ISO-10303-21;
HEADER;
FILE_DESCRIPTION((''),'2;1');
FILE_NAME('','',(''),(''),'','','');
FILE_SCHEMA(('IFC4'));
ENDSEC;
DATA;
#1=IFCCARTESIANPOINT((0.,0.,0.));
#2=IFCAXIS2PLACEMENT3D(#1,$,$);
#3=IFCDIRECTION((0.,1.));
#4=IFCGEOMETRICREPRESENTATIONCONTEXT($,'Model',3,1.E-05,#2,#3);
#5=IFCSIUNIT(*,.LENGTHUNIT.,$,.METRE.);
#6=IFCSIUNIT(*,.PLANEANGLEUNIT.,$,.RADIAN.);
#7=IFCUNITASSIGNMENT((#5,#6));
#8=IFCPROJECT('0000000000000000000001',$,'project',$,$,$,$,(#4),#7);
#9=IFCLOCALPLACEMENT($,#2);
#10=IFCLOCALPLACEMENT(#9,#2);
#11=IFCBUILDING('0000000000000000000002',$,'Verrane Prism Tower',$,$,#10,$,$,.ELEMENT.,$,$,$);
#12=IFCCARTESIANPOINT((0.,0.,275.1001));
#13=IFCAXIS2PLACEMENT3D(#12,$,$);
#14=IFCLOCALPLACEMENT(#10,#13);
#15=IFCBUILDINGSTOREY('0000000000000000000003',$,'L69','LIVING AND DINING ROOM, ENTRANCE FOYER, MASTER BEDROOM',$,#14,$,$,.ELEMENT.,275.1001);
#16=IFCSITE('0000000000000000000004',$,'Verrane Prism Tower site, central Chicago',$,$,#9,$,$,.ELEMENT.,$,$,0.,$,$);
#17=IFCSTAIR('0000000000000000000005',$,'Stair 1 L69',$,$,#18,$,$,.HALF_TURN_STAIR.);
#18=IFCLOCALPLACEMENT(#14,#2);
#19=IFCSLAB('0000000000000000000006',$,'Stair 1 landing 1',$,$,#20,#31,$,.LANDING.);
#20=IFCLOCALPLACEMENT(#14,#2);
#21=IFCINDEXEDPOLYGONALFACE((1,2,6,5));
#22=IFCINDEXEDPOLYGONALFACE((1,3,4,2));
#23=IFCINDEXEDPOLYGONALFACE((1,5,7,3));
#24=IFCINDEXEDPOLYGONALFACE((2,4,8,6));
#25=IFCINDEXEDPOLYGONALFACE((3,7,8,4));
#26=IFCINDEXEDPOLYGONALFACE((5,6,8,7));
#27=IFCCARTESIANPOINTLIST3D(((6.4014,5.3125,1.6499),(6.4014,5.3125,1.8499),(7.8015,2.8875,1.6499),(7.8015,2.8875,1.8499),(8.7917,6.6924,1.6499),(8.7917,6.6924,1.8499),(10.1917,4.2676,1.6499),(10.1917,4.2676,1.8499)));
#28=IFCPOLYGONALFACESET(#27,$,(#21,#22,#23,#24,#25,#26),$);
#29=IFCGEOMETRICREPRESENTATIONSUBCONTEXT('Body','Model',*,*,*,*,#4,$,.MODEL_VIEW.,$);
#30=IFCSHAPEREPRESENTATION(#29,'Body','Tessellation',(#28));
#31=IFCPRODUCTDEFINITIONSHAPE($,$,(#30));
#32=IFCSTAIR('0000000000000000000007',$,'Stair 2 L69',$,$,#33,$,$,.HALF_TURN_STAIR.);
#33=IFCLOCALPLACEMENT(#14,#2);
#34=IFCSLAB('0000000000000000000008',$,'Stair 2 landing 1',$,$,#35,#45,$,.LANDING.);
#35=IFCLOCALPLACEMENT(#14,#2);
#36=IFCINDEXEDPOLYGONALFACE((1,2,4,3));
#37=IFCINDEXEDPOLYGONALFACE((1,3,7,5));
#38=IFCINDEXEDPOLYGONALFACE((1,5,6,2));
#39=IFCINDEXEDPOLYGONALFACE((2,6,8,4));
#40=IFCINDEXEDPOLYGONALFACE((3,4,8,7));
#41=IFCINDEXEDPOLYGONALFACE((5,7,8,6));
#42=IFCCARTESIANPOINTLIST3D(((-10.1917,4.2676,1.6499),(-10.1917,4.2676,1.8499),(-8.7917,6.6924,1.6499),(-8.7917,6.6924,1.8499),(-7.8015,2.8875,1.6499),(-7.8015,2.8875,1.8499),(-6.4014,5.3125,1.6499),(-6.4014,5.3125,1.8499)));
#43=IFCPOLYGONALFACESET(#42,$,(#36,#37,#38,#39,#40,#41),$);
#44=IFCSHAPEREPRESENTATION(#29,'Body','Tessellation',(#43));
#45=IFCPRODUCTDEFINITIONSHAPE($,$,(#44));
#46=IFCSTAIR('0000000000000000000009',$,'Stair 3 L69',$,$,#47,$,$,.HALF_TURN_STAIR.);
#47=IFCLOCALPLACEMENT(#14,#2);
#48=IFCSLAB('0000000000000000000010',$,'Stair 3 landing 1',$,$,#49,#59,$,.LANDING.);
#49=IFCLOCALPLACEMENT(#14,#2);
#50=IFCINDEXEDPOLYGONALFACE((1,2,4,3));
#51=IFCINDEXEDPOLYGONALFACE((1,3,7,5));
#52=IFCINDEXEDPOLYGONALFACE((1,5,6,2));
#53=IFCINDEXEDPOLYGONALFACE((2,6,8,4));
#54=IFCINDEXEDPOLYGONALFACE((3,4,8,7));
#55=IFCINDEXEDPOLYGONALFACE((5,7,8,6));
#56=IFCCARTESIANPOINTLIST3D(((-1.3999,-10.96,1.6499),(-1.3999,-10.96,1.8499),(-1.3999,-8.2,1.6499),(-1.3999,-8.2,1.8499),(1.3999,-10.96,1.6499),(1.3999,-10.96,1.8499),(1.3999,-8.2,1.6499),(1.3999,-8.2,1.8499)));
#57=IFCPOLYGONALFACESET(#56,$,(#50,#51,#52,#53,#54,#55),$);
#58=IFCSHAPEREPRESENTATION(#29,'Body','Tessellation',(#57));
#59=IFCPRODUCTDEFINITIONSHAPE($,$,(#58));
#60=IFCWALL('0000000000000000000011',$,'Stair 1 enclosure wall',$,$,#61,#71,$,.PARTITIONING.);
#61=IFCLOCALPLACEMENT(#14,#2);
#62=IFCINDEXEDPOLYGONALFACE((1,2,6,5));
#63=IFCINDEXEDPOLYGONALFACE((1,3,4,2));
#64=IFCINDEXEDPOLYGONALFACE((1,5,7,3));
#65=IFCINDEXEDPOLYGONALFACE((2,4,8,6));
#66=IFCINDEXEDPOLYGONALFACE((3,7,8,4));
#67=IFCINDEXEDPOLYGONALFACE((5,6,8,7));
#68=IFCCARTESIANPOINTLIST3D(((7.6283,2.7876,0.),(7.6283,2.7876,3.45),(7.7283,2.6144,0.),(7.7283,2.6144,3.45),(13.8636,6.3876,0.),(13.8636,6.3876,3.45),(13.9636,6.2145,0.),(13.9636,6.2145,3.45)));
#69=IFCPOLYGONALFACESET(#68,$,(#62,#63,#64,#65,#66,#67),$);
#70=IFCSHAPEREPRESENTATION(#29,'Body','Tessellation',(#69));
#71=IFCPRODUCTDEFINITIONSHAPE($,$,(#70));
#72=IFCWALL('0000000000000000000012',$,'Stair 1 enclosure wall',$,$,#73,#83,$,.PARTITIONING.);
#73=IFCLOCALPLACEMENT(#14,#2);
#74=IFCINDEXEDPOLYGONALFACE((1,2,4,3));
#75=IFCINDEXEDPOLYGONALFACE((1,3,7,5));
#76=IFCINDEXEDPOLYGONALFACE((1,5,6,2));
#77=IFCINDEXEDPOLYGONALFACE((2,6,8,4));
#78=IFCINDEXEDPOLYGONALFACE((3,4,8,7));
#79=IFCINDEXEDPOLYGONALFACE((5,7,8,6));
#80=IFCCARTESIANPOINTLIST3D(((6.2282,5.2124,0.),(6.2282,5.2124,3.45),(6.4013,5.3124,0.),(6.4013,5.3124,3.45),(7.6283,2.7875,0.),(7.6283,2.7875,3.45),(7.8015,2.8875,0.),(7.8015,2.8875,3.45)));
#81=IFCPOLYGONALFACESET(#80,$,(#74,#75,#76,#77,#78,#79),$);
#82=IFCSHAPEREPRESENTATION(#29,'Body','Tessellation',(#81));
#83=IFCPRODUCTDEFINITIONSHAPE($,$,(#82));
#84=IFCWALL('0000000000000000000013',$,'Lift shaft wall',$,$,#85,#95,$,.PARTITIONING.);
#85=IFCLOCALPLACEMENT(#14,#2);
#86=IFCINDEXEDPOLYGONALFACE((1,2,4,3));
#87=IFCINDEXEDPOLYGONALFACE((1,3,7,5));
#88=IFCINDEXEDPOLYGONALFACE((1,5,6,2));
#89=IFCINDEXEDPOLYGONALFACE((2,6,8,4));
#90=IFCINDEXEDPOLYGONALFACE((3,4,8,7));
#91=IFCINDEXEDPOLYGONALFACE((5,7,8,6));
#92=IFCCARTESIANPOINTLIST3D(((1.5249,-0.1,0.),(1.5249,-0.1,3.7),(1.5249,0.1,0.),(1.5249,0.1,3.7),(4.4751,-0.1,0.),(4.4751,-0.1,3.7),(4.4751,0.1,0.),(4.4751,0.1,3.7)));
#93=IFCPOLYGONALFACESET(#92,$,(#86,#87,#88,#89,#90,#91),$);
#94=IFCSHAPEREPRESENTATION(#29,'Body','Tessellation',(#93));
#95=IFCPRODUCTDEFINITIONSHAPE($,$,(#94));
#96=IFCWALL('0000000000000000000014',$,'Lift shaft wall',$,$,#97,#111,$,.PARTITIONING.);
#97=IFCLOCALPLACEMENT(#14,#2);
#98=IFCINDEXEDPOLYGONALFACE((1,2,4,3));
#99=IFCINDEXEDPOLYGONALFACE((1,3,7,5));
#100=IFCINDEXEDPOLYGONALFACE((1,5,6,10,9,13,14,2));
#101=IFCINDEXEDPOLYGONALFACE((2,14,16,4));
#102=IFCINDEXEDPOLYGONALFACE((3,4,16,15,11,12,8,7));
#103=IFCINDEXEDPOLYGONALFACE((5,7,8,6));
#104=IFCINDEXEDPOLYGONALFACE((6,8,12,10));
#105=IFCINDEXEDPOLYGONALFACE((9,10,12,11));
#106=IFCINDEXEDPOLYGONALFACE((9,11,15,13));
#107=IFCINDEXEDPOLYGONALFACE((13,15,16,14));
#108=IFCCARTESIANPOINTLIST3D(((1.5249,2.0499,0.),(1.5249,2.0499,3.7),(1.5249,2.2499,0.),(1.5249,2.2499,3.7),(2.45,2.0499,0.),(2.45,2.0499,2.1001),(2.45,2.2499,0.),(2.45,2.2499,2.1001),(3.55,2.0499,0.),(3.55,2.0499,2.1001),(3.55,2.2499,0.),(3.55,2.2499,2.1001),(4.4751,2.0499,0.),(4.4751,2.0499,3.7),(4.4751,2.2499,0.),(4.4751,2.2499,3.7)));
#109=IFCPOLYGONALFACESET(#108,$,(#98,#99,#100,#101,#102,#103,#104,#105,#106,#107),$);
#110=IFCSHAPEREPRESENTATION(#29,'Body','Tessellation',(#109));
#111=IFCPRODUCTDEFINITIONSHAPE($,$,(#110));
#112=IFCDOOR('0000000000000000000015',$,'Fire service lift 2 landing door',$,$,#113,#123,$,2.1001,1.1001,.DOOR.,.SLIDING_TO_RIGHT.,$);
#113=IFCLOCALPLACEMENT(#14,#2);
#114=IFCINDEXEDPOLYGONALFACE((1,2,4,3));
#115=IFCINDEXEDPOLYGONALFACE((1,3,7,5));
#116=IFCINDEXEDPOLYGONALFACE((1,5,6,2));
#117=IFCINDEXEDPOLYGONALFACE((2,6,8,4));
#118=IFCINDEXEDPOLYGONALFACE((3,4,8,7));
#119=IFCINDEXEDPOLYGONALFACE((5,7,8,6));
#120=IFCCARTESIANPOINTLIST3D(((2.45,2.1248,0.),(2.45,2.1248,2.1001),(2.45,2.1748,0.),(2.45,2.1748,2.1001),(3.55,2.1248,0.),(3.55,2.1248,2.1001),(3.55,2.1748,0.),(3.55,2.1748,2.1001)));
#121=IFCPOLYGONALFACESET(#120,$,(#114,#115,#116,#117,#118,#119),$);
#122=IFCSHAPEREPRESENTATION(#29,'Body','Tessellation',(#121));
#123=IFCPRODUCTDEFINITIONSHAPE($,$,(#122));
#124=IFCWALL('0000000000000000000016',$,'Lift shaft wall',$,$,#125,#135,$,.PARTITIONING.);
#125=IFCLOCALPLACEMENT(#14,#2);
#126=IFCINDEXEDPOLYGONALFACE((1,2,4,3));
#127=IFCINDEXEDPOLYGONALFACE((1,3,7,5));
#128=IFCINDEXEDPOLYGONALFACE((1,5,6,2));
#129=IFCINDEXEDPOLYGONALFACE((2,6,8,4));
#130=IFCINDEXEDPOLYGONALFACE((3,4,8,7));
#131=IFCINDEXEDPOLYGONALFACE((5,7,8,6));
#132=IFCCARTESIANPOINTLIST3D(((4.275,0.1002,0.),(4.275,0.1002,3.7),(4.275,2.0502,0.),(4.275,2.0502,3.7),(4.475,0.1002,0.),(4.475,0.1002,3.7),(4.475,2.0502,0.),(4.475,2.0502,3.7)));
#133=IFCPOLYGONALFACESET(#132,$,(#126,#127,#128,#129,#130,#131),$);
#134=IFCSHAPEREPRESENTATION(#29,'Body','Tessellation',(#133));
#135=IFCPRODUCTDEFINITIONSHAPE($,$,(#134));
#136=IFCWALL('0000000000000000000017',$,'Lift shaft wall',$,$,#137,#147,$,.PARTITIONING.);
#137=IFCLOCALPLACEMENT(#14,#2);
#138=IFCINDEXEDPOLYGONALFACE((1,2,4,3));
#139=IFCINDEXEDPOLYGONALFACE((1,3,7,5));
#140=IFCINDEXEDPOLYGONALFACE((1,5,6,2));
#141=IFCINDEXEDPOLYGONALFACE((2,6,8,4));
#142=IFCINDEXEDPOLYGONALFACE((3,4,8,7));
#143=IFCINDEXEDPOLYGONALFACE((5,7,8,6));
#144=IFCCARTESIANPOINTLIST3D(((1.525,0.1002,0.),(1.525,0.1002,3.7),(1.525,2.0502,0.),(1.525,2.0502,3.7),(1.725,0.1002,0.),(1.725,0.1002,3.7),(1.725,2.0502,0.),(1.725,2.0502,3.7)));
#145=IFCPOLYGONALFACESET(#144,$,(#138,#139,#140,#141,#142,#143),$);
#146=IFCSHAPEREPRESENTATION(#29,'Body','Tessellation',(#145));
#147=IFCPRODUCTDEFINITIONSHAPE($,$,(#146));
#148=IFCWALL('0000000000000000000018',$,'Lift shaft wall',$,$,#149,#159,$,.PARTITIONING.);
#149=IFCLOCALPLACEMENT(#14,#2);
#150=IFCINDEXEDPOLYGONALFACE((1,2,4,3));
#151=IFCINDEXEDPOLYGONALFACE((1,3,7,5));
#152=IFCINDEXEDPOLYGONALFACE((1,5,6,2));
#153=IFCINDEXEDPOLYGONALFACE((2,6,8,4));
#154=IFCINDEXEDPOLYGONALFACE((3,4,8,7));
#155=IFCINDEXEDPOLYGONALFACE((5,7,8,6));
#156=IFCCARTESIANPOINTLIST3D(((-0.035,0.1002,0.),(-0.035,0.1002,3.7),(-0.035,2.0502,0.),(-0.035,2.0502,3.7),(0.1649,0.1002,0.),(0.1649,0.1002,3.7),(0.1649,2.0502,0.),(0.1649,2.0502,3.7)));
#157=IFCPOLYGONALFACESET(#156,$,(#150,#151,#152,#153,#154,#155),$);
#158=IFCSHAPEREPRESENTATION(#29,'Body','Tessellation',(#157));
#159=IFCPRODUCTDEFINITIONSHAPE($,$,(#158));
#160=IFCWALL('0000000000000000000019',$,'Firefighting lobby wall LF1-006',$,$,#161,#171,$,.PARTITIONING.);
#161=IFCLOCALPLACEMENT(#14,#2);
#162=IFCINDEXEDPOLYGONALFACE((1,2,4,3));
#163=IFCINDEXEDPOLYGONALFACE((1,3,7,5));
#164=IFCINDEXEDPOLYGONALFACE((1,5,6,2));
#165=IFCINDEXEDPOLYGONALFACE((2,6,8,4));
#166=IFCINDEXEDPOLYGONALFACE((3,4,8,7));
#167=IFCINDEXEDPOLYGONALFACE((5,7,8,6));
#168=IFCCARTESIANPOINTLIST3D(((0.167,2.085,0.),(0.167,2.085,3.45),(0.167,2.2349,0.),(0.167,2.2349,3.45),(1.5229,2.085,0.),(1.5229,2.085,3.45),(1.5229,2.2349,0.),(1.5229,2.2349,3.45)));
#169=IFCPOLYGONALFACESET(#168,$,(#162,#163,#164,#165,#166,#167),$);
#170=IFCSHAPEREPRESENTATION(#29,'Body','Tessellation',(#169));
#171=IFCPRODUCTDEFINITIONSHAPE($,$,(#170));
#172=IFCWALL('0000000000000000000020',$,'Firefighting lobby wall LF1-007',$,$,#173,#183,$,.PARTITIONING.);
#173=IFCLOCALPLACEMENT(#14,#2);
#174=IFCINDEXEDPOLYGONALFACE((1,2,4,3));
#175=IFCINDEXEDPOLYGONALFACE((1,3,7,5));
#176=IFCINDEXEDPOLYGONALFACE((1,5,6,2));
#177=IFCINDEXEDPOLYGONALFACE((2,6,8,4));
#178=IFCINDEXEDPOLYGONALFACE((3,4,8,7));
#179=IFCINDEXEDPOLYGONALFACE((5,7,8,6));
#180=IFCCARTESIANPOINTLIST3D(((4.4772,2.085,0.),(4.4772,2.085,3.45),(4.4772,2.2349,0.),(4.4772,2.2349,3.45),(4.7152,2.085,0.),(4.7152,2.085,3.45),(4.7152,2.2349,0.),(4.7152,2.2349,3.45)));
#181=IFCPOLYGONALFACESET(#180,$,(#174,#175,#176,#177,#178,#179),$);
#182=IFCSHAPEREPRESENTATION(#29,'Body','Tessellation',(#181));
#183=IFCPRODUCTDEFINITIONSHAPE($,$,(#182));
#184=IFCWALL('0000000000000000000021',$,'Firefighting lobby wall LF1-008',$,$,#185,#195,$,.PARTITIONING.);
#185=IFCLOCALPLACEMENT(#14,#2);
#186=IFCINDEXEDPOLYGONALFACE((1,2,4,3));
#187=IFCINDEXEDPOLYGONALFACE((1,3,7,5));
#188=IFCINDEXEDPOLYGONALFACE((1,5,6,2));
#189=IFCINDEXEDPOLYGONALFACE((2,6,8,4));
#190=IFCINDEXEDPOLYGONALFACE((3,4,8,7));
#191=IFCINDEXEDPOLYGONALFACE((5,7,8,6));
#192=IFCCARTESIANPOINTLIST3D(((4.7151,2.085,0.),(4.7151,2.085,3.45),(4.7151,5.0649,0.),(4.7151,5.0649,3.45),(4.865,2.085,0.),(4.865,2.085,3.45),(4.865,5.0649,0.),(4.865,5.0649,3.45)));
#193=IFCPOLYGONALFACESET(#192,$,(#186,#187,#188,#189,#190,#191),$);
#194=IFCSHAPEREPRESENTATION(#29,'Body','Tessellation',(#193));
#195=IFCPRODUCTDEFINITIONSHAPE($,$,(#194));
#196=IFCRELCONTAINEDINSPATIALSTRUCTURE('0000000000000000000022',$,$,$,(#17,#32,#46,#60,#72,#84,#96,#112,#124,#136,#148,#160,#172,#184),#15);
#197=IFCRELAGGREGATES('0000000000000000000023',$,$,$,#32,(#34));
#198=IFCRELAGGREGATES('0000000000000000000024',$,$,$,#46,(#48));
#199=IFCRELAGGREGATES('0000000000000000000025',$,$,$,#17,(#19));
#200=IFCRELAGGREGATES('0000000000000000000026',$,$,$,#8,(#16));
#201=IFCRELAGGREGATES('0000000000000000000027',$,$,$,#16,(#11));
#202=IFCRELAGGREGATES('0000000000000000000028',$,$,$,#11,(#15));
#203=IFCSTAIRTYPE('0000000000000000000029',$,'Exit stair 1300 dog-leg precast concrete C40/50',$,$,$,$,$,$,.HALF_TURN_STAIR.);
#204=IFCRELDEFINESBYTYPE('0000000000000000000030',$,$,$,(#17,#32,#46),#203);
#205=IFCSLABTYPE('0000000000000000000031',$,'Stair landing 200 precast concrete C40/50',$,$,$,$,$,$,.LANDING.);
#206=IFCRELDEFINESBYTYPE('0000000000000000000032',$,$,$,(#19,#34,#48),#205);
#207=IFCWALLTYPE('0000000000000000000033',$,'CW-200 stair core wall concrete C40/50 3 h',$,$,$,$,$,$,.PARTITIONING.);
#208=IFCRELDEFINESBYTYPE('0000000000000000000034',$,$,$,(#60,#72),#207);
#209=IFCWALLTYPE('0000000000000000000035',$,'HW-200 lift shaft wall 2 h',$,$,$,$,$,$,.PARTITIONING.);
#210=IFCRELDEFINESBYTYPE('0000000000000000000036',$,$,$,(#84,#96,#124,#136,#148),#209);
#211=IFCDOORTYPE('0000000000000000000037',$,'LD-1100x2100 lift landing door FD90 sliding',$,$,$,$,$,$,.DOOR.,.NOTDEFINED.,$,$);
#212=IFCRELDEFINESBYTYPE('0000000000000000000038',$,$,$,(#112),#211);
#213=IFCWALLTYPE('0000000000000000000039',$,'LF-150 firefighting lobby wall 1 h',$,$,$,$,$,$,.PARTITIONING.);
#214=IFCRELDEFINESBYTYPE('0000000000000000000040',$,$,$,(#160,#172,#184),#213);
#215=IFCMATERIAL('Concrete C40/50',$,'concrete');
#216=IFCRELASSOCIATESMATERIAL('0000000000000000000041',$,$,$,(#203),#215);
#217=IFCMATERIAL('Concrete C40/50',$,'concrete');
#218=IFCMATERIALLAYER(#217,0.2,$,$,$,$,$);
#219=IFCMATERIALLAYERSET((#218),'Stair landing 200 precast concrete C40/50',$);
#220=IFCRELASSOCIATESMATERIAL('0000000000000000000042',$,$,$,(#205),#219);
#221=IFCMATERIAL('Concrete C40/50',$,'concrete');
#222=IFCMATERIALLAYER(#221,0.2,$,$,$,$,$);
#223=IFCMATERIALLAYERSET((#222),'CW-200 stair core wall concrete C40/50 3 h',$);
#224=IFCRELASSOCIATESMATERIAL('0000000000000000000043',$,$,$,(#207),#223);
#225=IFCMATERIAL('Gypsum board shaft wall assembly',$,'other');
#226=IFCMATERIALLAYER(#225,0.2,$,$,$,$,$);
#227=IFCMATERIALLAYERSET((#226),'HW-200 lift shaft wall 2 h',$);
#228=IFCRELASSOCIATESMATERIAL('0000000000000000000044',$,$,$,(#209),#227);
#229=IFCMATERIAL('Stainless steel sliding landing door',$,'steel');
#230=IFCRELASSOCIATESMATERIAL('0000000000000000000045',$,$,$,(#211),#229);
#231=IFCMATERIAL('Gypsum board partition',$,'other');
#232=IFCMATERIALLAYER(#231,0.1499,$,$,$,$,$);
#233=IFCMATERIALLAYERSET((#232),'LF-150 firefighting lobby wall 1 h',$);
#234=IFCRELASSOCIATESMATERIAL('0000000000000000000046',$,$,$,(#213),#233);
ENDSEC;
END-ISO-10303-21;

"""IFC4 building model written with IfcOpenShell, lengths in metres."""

from ifc_helpers import new_model, si_unit, direction, frame, frame_2d, origin, place, context, subcontext, project, spatial, polyline, rectangle, outline, extrude, material, layer, layer_set, type_object, element, fill, aggregate, save


model = new_model("IFC4")

# Units and contexts
model_context = context("Model", 3, precision=1e-05, world=origin(), true_north=direction((0.0, 1.0)))
body_context = subcontext(model_context, "Body", "Model", "MODEL_VIEW")
ifc_project = project(units=[si_unit("LENGTHUNIT", "METRE"), si_unit("PLANEANGLEUNIT", "RADIAN")], contexts=[model_context])

# Site, building, storey
site_placement = place(None, origin())
site = spatial("IfcSite", under=ifc_project, at=site_placement, Name="Verrane Prism Tower site, central Chicago", CompositionType="ELEMENT", RefElevation=0.0)
building_placement = place(site_placement, origin())
building = spatial("IfcBuilding", under=site, at=building_placement, Name="Verrane Prism Tower", CompositionType="ELEMENT")
storey_placement = place(building_placement, frame((0.0, 0.0, 275.1001)))
storey = spatial("IfcBuildingStorey", under=building, at=storey_placement, Name="L69", Description="LIVING AND DINING ROOM, ENTRANCE FOYER, MASTER BEDROOM", CompositionType="ELEMENT", Elevation=275.1001)

# Stairs, slabs
ifc_material_1 = material(Name="Concrete C40/50", Category="concrete")
stair_type = type_object("IfcStairType", Name="Exit stair 1300 dog-leg precast concrete C40/50", PredefinedType="HALF_TURN_STAIR", material=ifc_material_1)
stair_1_placement = place(storey_placement, origin())
stair_1 = element("IfcStair", 1, at=stair_1_placement, inside=storey, type_object=stair_type, Name="Stair 1 L69", PredefinedType="HALF_TURN_STAIR")
ifc_material_2 = material(Name="Concrete C40/50", Category="concrete")
ifc_layer_1 = layer(ifc_material_2, 0.2)
ifc_layer_set_1 = layer_set([ifc_layer_1], Name="Stair landing 200 precast concrete C40/50")
slab_type_1 = type_object("IfcSlabType", Name="Stair landing 200 precast concrete C40/50", PredefinedType="LANDING", material=ifc_layer_set_1)
slab_1_placement = place(storey_placement, frame((0.0, 0.0, 1.6499)))
slab_1 = element("IfcSlab", 2, at=slab_1_placement, type_object=slab_type_1, Name="Stair 1 landing 1", PredefinedType="LANDING", context=body_context, shape_type="SweptSolid", body=[
    extrude(outline(polyline([(8.7917, 6.6924), (6.4014, 5.3125), (7.8015, 2.8875), (10.1917, 4.2676), (8.7917, 6.6924)])), origin(), (0.0, 0.0, 1.0), 0.2),
])
stair_2_placement = place(storey_placement, origin())
stair_2 = element("IfcStair", 3, at=stair_2_placement, inside=storey, type_object=stair_type, Name="Stair 2 L69", PredefinedType="HALF_TURN_STAIR")
slab_2_placement = place(storey_placement, frame((0.0, 0.0, 1.6499)))
slab_2 = element("IfcSlab", 4, at=slab_2_placement, type_object=slab_type_1, Name="Stair 2 landing 1", PredefinedType="LANDING", context=body_context, shape_type="SweptSolid", body=[
    extrude(outline(polyline([(-10.1917, 4.2676), (-7.8015, 2.8875), (-6.4014, 5.3125), (-8.7917, 6.6924), (-10.1917, 4.2676)])), origin(), (0.0, 0.0, 1.0), 0.2),
])
aggregate(stair_2, [slab_2])
stair_3_placement = place(storey_placement, origin())
stair_3 = element("IfcStair", 5, at=stair_3_placement, inside=storey, type_object=stair_type, Name="Stair 3 L69", PredefinedType="HALF_TURN_STAIR")
slab_3_placement = place(storey_placement, frame((0.0, 0.0, 1.6499)))
slab_3 = element("IfcSlab", 6, at=slab_3_placement, type_object=slab_type_1, Name="Stair 3 landing 1", PredefinedType="LANDING", context=body_context, shape_type="SweptSolid", body=[
    extrude(outline(polyline([(1.3999, -10.96), (1.3999, -8.2), (-1.3999, -8.2), (-1.3999, -10.96), (1.3999, -10.96)])), origin(), (0.0, 0.0, 1.0), 0.2),
])
aggregate(stair_3, [slab_3])

# Walls
ifc_material_3 = material(Name="Concrete C40/50", Category="concrete")
ifc_layer_2 = layer(ifc_material_3, 0.2)
ifc_layer_set_2 = layer_set([ifc_layer_2], Name="CW-200 stair core wall concrete C40/50 3 h")
wall_type_1 = type_object("IfcWallType", Name="CW-200 stair core wall concrete C40/50 3 h", PredefinedType="PARTITIONING", material=ifc_layer_set_2)
wall_1_placement = place(storey_placement, frame((7.6782, 2.7009, 0.0), z_axis=(0.0, 0.0, 1.0), x_axis=(0.866018, 0.500012, 0.0)))
element("IfcWall", 7, at=wall_1_placement, inside=storey, type_object=wall_type_1, Name="Stair 1 enclosure wall", PredefinedType="PARTITIONING", context=body_context, shape_type="SweptSolid", body=[
    extrude(rectangle(XDim=7.2, YDim=0.2, at=frame_2d((3.6001, 0.0))), origin(), (0.0, 0.0, 1.0), 3.45),
])
wall_2_placement = place(storey_placement, frame((7.7148, 2.8376, 0.0), z_axis=(0.0, 0.0, 1.0), x_axis=(-0.50005, 0.865997, 0.0)))
element("IfcWall", 8, at=wall_2_placement, inside=storey, type_object=wall_type_1, Name="Stair 1 enclosure wall", PredefinedType="PARTITIONING", context=body_context, shape_type="SweptSolid", body=[
    extrude(rectangle(XDim=2.8, YDim=0.2, at=frame_2d((1.3999, 0.0))), origin(), (0.0, 0.0, 1.0), 3.45),
])
ifc_material_4 = material(Name="Gypsum board shaft wall assembly", Category="other")
ifc_layer_3 = layer(ifc_material_4, 0.2)
ifc_layer_set_3 = layer_set([ifc_layer_3], Name="HW-200 lift shaft wall 2 h")
wall_type_2 = type_object("IfcWallType", Name="HW-200 lift shaft wall 2 h", PredefinedType="PARTITIONING", material=ifc_layer_set_3)
wall_3_placement = place(storey_placement, frame((1.5249, 0.0, 0.0), z_axis=(0.0, 0.0, 1.0), x_axis=(1.0, 0.0, 0.0)))
element("IfcWall", 9, at=wall_3_placement, inside=storey, type_object=wall_type_2, Name="Lift shaft wall", PredefinedType="PARTITIONING", context=body_context, shape_type="SweptSolid", body=[
    extrude(rectangle(XDim=2.9502, YDim=0.2, at=frame_2d((1.4751, 0.0))), origin(), (0.0, 0.0, 1.0), 3.7),
])

# Wall, opening, door
wall_4_placement = place(storey_placement, frame((1.5249, 2.1499, 0.0), z_axis=(0.0, 0.0, 1.0), x_axis=(1.0, 0.0, 0.0)))
wall_4 = element("IfcWall", 10, at=wall_4_placement, inside=storey, type_object=wall_type_2, Name="Lift shaft wall", PredefinedType="PARTITIONING", context=body_context, shape_type="SweptSolid", body=[
    extrude(rectangle(XDim=2.9502, YDim=0.2, at=frame_2d((1.4751, 0.0))), origin(), (0.0, 0.0, 1.0), 3.7),
])
opening_placement = place(wall_4_placement, frame((0.925, 0.0, 0.0)))
opening = element("IfcOpeningElement", 11, at=opening_placement, cuts=wall_4, PredefinedType="OPENING", context=body_context, shape_type="SweptSolid", body=[
    extrude(rectangle(XDim=1.1001, YDim=2.1001, at=frame_2d((0.55, 1.05))), frame((0.0, 0.1099, 0.0), z_axis=(0.0, -1.0, 0.0), x_axis=(1.0, 0.0, 0.0)), (0.0, 0.0, 1.0), 0.22),
])
ifc_material_5 = material(Name="Stainless steel sliding landing door", Category="steel")
door_type = type_object("IfcDoorType", Name="LD-1100x2100 lift landing door FD90 sliding", OperationType="NOTDEFINED", PredefinedType="DOOR", material=ifc_material_5)
door_placement = place(opening_placement, origin())
door = element("IfcDoor", 12, at=door_placement, inside=storey, type_object=door_type, Name="Fire service lift 2 landing door", OperationType="SLIDING_TO_RIGHT", OverallHeight=2.1001, OverallWidth=1.1001, PredefinedType="DOOR", context=body_context, shape_type="SweptSolid", body=[
    extrude(rectangle(XDim=1.1001, YDim=2.1001, at=frame_2d((0.55, 1.05))), frame((0.0, 0.0249, 0.0), z_axis=(0.0, -1.0, 0.0), x_axis=(1.0, 0.0, 0.0)), (0.0, 0.0, 1.0), 0.05),
])
fill(opening, door)

# Walls
for number, where, z_axis, x_axis, name in (
    (13, (4.375, 0.1001, 0.0), (0.0, 0.0, 1.0), (0.0, 1.0, 0.0), "Lift shaft wall"),
    (14, (1.625, 0.1001, 0.0), (0.0, 0.0, 1.0), (0.0, 1.0, 0.0), "Lift shaft wall"),
    (15, (0.0649, 0.1001, 0.0), (0.0, 0.0, 1.0), (0.0, 1.0, 0.0), "Lift shaft wall"),
):
    element("IfcWall", number, at=place(storey_placement, frame(where, z_axis=z_axis, x_axis=x_axis)), inside=storey, type_object=wall_type_2, Name=name, PredefinedType="PARTITIONING", context=body_context, shape_type="SweptSolid", body=[
        extrude(rectangle(XDim=1.95, YDim=0.2, at=frame_2d((0.9751, 0.0))), origin(), (0.0, 0.0, 1.0), 3.7),
    ])
ifc_material_6 = material(Name="Gypsum board partition", Category="other")
ifc_layer_4 = layer(ifc_material_6, 0.1499)
ifc_layer_set_4 = layer_set([ifc_layer_4], Name="LF-150 firefighting lobby wall 1 h")
wall_type_3 = type_object("IfcWallType", Name="LF-150 firefighting lobby wall 1 h", PredefinedType="PARTITIONING", material=ifc_layer_set_4)
wall_5_placement = place(storey_placement, frame((0.167, 2.1599, 0.0), z_axis=(0.0, 0.0, 1.0), x_axis=(1.0, 0.0, 0.0)))
element("IfcWall", 16, at=wall_5_placement, inside=storey, type_object=wall_type_3, Name="Firefighting lobby wall LF1-006", PredefinedType="PARTITIONING", context=body_context, shape_type="SweptSolid", body=[
    extrude(rectangle(XDim=1.356, YDim=0.1499, at=frame_2d((0.678, 0.0))), origin(), (0.0, 0.0, 1.0), 3.45),
])
wall_6_placement = place(storey_placement, frame((4.4771, 2.1599, 0.0), z_axis=(0.0, 0.0, 1.0), x_axis=(1.0, 0.0, 0.0)))
element("IfcWall", 17, at=wall_6_placement, inside=storey, type_object=wall_type_3, Name="Firefighting lobby wall LF1-007", PredefinedType="PARTITIONING", context=body_context, shape_type="SweptSolid", body=[
    extrude(rectangle(XDim=0.238, YDim=0.1499, at=frame_2d((0.1191, 0.0))), origin(), (0.0, 0.0, 1.0), 3.45),
])
wall_7_placement = place(storey_placement, frame((4.79, 2.085, 0.0), z_axis=(0.0, 0.0, 1.0), x_axis=(0.0, 1.0, 0.0)))
element("IfcWall", 18, at=wall_7_placement, inside=storey, type_object=wall_type_3, Name="Firefighting lobby wall LF1-008", PredefinedType="PARTITIONING", context=body_context, shape_type="SweptSolid", body=[
    extrude(rectangle(XDim=2.98, YDim=0.1499, at=frame_2d((1.49, 0.0))), origin(), (0.0, 0.0, 1.0), 3.45),
])

aggregate(stair_1, [slab_1])

save(model, "model.ifc")
